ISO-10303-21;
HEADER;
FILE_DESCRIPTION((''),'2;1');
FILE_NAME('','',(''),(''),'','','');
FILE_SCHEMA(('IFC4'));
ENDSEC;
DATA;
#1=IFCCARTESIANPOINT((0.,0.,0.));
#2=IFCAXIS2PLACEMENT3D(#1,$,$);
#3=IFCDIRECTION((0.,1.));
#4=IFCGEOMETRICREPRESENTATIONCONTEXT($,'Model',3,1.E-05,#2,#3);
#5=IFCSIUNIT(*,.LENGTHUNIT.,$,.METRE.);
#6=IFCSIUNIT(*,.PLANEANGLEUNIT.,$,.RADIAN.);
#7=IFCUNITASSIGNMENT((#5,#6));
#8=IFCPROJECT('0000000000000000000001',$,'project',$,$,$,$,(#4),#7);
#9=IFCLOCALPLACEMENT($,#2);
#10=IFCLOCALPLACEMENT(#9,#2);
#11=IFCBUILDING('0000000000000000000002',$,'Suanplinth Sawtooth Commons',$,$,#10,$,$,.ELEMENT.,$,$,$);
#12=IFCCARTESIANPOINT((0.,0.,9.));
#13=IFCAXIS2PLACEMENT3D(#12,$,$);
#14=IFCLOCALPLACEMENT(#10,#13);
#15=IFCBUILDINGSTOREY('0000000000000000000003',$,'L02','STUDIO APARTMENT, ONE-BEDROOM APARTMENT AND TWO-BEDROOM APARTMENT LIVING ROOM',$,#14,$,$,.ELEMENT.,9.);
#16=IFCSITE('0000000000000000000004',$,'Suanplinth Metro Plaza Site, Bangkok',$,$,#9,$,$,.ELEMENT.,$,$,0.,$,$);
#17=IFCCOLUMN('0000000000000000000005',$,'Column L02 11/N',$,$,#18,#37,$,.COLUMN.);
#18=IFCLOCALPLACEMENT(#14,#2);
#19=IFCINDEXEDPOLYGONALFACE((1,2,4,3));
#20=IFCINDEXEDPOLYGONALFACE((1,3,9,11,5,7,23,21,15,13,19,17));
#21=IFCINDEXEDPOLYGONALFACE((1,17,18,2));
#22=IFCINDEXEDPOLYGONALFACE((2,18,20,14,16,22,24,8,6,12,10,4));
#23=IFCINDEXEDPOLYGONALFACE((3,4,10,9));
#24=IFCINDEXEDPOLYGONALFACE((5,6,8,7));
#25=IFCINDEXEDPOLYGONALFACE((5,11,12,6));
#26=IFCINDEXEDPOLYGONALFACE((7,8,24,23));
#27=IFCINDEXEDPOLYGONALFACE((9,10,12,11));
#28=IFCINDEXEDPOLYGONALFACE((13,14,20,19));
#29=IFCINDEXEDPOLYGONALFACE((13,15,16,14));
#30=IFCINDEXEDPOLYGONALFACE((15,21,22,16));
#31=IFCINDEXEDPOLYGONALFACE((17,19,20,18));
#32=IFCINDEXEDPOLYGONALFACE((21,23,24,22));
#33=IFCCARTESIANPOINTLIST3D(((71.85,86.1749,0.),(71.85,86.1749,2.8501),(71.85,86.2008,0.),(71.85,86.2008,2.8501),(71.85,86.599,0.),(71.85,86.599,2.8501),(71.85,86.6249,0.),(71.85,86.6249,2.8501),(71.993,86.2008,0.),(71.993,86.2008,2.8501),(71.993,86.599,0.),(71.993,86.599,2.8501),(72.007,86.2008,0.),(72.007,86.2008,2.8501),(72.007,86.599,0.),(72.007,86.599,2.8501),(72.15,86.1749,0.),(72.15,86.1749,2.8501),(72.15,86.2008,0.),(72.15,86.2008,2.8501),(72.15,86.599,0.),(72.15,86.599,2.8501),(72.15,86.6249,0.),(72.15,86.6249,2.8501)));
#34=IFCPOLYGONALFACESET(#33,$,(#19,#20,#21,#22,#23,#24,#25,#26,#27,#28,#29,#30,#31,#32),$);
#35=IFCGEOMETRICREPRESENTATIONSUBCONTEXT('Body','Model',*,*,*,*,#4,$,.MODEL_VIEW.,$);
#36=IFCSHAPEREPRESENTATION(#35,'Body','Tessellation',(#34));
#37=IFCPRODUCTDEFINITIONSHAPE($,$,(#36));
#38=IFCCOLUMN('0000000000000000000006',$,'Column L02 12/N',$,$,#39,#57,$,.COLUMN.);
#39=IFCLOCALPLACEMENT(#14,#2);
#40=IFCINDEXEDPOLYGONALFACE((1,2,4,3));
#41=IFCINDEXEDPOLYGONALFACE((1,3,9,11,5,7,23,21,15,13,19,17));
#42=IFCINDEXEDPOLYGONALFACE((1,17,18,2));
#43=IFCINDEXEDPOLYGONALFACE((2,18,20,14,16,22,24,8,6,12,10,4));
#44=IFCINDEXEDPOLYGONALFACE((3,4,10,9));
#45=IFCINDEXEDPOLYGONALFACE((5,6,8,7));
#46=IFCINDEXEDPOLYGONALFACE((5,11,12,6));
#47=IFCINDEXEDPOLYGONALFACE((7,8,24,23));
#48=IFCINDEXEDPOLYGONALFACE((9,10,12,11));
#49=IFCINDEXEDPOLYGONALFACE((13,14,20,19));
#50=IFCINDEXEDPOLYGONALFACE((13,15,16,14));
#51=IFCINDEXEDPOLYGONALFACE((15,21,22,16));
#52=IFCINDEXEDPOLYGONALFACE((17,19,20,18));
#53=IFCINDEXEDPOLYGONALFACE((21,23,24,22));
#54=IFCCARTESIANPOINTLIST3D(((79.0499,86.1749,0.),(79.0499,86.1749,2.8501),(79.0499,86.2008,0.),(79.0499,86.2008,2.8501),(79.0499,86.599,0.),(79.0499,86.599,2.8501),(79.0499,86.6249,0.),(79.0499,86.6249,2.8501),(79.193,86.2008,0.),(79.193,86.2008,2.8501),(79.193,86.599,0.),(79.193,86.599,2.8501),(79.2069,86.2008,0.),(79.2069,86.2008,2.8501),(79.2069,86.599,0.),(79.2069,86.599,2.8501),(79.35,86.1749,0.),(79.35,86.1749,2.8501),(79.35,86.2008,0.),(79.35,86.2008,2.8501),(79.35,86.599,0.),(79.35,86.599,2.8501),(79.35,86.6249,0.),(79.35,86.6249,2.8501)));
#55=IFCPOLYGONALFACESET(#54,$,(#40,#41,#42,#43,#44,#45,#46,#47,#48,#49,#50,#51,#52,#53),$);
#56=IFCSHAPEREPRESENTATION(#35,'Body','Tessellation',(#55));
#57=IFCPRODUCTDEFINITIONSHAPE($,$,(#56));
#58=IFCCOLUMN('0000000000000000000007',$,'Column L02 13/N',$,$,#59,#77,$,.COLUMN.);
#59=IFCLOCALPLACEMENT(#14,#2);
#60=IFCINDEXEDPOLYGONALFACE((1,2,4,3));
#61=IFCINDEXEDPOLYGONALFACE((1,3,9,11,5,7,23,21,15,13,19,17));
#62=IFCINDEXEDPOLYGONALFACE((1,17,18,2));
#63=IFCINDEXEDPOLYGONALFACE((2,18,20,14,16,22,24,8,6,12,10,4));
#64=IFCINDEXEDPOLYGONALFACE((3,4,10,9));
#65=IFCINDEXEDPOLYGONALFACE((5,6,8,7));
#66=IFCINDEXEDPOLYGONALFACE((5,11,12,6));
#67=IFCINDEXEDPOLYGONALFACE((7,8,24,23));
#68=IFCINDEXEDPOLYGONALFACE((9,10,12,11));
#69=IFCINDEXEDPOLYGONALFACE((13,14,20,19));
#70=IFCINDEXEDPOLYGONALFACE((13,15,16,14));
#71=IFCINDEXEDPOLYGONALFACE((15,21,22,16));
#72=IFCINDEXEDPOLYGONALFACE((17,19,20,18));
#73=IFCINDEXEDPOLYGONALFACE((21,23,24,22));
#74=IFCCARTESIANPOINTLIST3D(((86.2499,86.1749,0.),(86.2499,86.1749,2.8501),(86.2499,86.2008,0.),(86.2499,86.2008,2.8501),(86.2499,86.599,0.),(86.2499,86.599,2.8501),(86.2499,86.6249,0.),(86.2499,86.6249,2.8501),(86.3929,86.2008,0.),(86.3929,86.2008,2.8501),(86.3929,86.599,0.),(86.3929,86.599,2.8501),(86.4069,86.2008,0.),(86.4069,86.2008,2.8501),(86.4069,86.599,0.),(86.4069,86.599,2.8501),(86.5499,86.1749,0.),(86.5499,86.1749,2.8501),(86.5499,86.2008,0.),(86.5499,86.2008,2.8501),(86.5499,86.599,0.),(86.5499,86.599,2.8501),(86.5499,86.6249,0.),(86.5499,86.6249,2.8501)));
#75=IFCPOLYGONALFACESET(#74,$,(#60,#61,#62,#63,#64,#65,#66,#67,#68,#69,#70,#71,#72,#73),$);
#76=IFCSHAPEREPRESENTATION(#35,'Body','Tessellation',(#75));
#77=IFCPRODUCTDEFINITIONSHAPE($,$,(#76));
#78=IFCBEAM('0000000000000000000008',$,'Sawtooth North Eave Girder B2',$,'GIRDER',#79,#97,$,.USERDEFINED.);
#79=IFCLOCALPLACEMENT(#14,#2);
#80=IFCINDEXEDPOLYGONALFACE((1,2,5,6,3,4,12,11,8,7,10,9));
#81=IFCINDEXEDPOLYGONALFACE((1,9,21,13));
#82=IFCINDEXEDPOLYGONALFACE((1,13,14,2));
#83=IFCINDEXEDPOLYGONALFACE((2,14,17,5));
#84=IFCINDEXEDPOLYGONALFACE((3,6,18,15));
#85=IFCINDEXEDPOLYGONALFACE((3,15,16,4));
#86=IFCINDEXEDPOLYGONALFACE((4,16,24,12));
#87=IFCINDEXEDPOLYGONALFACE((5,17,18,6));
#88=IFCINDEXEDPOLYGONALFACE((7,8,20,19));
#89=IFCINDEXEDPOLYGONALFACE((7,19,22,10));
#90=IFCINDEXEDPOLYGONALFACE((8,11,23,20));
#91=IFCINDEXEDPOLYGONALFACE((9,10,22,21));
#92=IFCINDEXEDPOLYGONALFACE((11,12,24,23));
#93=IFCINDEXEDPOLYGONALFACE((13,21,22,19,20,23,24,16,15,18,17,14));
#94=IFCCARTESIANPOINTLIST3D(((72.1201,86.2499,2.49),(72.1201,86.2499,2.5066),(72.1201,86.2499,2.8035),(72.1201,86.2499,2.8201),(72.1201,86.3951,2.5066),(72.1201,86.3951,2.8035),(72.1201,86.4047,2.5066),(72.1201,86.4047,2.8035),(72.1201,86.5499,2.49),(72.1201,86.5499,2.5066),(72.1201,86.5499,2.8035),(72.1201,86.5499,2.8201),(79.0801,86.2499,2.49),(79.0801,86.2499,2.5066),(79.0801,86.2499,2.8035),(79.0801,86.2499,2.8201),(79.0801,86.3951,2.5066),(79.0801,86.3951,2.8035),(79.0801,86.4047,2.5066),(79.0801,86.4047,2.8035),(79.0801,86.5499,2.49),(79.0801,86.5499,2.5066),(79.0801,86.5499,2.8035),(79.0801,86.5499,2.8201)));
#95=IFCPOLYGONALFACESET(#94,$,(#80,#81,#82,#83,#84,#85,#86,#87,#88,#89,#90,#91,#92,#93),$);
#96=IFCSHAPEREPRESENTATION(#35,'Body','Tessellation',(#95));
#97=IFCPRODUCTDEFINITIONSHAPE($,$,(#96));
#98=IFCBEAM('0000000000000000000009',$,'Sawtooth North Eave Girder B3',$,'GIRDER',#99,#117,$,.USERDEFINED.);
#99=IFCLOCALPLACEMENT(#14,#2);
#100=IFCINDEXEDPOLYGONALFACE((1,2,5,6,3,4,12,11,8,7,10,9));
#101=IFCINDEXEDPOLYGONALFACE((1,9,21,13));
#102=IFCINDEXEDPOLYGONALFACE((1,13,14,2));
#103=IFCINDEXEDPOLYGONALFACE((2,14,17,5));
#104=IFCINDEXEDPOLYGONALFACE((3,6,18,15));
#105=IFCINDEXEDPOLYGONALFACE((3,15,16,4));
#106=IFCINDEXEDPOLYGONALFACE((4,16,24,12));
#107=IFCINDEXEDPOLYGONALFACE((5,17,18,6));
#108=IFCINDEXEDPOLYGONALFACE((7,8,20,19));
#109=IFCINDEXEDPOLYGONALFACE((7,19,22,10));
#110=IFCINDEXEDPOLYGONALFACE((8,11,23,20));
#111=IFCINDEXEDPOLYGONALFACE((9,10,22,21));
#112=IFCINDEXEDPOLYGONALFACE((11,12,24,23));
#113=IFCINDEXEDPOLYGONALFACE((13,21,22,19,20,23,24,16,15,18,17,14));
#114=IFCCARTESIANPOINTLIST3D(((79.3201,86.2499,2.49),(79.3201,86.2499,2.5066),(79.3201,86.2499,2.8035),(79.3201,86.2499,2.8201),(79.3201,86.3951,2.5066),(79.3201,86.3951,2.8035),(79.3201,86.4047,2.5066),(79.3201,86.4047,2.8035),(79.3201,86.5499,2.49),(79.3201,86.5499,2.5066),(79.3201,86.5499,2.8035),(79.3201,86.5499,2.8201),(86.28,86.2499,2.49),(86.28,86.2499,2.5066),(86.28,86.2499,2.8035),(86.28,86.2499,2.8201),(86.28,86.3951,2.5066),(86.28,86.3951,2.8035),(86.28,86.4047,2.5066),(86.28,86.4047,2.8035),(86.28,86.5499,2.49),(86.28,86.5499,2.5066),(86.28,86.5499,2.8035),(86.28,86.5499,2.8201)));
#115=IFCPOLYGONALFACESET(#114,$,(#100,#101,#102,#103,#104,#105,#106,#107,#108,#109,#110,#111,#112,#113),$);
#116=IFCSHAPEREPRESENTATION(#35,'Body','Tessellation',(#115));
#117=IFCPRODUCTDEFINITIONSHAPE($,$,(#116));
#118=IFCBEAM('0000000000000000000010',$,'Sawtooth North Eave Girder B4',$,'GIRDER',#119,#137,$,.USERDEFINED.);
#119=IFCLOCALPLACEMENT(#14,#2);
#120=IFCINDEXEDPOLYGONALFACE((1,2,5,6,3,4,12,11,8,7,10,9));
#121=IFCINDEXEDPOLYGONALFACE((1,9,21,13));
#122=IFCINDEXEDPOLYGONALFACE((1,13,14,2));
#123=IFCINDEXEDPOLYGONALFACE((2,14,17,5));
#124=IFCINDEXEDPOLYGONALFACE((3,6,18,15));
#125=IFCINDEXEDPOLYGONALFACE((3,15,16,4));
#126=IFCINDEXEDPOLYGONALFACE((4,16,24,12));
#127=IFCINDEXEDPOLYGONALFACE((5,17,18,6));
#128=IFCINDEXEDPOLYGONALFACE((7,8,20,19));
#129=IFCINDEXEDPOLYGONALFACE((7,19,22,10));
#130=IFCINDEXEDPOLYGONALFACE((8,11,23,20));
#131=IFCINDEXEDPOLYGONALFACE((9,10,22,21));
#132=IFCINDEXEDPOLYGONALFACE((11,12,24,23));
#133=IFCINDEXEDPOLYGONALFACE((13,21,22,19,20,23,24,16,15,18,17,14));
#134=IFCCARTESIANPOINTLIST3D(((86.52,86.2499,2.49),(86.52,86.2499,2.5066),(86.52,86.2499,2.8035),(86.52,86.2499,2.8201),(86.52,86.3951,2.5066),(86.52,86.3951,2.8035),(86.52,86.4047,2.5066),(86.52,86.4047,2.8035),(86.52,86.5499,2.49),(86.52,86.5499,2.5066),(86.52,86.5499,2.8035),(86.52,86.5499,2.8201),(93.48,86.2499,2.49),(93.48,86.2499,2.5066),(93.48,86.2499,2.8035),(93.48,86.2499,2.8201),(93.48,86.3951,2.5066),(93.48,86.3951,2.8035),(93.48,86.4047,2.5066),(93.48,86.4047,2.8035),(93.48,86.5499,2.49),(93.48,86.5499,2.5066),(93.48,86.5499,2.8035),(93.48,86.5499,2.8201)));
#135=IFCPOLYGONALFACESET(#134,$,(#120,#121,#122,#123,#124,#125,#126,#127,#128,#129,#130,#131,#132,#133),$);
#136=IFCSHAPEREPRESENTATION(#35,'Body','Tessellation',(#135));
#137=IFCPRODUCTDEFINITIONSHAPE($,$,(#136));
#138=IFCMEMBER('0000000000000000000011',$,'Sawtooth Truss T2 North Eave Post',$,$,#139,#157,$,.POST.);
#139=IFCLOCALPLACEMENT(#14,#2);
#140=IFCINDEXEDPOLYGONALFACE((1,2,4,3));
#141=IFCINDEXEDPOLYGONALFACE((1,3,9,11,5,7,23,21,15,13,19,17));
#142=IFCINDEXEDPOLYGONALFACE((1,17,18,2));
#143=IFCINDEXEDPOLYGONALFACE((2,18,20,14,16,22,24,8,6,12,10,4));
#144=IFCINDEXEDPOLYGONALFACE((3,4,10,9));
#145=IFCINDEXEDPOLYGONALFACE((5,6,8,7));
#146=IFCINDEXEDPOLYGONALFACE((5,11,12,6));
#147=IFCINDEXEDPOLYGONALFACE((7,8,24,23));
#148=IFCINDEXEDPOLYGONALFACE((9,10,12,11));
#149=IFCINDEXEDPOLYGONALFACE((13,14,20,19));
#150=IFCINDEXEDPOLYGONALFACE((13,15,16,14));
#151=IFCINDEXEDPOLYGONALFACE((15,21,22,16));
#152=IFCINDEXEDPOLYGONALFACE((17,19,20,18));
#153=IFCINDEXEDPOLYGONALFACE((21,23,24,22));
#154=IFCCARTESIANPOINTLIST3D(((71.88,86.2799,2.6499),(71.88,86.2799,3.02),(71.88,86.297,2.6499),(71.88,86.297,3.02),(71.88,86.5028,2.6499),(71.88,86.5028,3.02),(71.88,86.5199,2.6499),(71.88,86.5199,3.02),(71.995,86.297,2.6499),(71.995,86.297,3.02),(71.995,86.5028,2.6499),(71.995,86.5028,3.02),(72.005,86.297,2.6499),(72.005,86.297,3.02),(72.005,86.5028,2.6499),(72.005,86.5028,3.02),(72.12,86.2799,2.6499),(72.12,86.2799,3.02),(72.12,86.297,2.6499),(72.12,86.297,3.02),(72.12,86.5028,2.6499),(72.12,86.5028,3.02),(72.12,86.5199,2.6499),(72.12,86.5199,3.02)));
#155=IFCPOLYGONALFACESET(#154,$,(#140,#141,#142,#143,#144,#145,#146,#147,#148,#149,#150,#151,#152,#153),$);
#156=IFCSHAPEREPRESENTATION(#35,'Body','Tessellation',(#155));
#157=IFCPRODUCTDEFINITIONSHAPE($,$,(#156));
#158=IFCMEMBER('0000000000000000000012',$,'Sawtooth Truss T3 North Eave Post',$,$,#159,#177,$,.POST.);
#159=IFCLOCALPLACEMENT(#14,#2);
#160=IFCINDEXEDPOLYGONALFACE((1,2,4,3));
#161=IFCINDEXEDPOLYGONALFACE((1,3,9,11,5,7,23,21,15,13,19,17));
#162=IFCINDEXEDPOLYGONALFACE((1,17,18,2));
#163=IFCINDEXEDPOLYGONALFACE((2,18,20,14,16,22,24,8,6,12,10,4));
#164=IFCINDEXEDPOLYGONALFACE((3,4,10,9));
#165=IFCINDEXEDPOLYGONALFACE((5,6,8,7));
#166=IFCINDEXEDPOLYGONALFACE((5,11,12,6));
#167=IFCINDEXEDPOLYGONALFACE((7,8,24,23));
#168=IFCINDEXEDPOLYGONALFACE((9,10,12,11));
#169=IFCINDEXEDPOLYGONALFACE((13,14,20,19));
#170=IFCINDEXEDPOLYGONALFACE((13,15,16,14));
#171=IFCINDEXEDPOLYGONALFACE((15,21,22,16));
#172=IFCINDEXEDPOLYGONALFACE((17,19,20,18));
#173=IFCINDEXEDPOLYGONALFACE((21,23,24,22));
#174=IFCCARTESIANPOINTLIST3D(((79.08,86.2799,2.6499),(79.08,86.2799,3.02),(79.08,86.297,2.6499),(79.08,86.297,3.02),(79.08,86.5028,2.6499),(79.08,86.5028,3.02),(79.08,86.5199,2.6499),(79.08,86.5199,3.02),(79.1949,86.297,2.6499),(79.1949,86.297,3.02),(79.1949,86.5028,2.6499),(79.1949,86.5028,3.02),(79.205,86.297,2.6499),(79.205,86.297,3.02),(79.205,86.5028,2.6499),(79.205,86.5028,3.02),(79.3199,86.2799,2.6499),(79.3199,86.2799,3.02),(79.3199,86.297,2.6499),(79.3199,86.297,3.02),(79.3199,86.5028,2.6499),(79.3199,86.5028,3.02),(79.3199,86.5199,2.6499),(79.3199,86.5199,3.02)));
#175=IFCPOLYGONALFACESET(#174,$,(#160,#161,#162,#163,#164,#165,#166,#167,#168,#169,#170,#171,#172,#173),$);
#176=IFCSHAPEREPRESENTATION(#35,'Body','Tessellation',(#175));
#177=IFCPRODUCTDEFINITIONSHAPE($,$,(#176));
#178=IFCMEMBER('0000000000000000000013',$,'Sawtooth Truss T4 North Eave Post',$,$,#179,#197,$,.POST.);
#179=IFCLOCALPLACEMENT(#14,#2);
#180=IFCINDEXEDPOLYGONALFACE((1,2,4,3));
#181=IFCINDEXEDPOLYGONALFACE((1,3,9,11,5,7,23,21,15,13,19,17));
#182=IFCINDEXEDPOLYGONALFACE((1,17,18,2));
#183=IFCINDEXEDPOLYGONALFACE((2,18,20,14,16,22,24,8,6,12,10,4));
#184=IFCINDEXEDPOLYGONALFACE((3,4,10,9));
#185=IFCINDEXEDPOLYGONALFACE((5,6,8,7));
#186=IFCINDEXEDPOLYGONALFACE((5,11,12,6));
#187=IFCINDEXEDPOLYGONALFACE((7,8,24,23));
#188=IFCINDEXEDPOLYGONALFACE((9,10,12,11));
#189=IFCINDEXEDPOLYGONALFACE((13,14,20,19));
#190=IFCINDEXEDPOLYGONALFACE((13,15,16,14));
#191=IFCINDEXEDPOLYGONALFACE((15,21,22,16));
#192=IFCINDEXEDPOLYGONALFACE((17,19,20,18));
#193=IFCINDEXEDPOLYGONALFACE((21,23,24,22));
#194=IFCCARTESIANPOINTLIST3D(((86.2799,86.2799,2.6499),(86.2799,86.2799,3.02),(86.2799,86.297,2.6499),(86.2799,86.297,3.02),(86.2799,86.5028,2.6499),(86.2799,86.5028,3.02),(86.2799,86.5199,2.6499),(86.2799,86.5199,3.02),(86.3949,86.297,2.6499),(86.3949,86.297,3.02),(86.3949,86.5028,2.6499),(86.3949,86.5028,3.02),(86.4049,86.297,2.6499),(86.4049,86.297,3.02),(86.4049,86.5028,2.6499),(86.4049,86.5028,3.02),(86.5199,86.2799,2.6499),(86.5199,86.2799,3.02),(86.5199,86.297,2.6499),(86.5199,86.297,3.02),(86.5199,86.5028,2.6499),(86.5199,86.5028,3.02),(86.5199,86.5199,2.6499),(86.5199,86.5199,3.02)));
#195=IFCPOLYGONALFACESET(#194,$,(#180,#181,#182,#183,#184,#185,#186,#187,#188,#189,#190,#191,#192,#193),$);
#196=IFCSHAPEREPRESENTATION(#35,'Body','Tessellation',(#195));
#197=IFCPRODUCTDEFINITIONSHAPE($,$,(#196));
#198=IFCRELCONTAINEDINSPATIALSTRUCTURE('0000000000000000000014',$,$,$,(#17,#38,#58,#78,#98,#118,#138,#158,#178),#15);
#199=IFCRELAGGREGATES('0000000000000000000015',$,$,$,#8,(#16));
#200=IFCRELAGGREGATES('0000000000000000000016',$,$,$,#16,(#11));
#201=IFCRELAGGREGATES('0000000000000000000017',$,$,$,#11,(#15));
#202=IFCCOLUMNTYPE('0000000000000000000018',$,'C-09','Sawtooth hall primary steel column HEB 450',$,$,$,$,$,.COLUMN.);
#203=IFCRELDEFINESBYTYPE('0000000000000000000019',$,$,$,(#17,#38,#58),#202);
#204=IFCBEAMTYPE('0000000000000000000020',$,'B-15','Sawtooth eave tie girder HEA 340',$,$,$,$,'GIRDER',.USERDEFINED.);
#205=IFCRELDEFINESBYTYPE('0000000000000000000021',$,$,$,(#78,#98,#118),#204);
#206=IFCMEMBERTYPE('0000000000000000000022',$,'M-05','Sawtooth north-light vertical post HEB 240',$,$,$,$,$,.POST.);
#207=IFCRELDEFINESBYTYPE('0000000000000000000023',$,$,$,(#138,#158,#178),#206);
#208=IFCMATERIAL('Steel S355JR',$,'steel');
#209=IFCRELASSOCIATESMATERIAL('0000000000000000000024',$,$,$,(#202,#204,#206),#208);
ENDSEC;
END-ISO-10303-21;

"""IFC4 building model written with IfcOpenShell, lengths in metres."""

from ifc_helpers import new_model, si_unit, direction, frame, origin, origin_2d, place, context, subcontext, project, spatial, i_section, extrude, material, material_profile, profile_set, type_object, element, save


model = new_model("IFC4")

# Units and contexts
model_context = context("Model", 3, precision=1e-05, world=origin(), true_north=direction((0.0, 1.0)))
body_context = subcontext(model_context, "Body", "Model", "MODEL_VIEW")
ifc_project = project(units=[si_unit("LENGTHUNIT", "METRE"), si_unit("PLANEANGLEUNIT", "RADIAN")], contexts=[model_context])

# Site, building, storey
site_placement = place(None, origin())
site = spatial("IfcSite", under=ifc_project, at=site_placement, Name="Suanplinth Metro Plaza Site, Bangkok", CompositionType="ELEMENT", RefElevation=0.0)
building_placement = place(site_placement, origin())
building = spatial("IfcBuilding", under=site, at=building_placement, Name="Suanplinth Sawtooth Commons", CompositionType="ELEMENT")
storey_placement = place(building_placement, frame((0.0, 0.0, 9.0)))
storey = spatial("IfcBuildingStorey", under=building, at=storey_placement, Name="L02", Description="STUDIO APARTMENT, ONE-BEDROOM APARTMENT AND TWO-BEDROOM APARTMENT LIVING ROOM", CompositionType="ELEMENT", Elevation=9.0)

# Columns
ifc_material_1 = material(Name="Steel S355JR", Category="steel")
ifc_material_profile_1 = material_profile(ifc_material_1, i_section(OverallWidth=0.3, OverallDepth=0.45, WebThickness=0.0139, FlangeThickness=0.0259, at=origin_2d()), Name="HEB 450")
ifc_profile_set_1 = profile_set([ifc_material_profile_1], Name="Steel S355JR")
column_type = type_object("IfcColumnType", Name="C-09", Description="Sawtooth hall primary steel column HEB 450", PredefinedType="COLUMN", material=ifc_profile_set_1)
for number, where, z_axis, x_axis, name in (
    (1, (72.0, 86.3999, 0.0), (0.0, 0.0, 1.0), (1.0, 0.0, 0.0), "Column L02 11/N"),
    (2, (79.2, 86.3999, 0.0), (0.0, 0.0, 1.0), (1.0, 0.0, 0.0), "Column L02 12/N"),
    (3, (86.3999, 86.3999, 0.0), (0.0, 0.0, 1.0), (1.0, 0.0, 0.0), "Column L02 13/N"),
):
    element("IfcColumn", number, at=place(storey_placement, frame(where, z_axis=z_axis, x_axis=x_axis)), inside=storey, type_object=column_type, Name=name, PredefinedType="COLUMN", context=body_context, shape_type="SweptSolid", body=[
        extrude(i_section(OverallWidth=0.3, OverallDepth=0.45, WebThickness=0.0139, FlangeThickness=0.0259, at=origin_2d()), origin(), (0.0, 0.0, 1.0), 2.8501),
    ])

# Beams
ifc_material_profile_2 = material_profile(ifc_material_1, i_section(OverallWidth=0.3, OverallDepth=0.3301, WebThickness=0.0095, FlangeThickness=0.0166, at=origin_2d()), Name="HEA 340")
ifc_profile_set_2 = profile_set([ifc_material_profile_2], Name="Steel S355JR")
beam_type = type_object("IfcBeamType", Name="B-15", Description="Sawtooth eave tie girder HEA 340", ElementType="GIRDER", PredefinedType="USERDEFINED", material=ifc_profile_set_2)
for number, where, z_axis, x_axis, name in (
    (4, (72.1201, 86.3999, 2.655), (1.0, 0.0, 0.0), (0.0, 1.0, 0.0), "Sawtooth North Eave Girder B2"),
    (5, (79.3201, 86.3999, 2.655), (1.0, 0.0, 0.0), (0.0, 1.0, 0.0), "Sawtooth North Eave Girder B3"),
    (6, (86.52, 86.3999, 2.655), (1.0, 0.0, 0.0), (0.0, 1.0, 0.0), "Sawtooth North Eave Girder B4"),
):
    element("IfcBeam", number, at=place(storey_placement, frame(where, z_axis=z_axis, x_axis=x_axis)), inside=storey, type_object=beam_type, Name=name, ObjectType="GIRDER", PredefinedType="USERDEFINED", context=body_context, shape_type="SweptSolid", body=[
        extrude(i_section(OverallWidth=0.3, OverallDepth=0.3301, WebThickness=0.0095, FlangeThickness=0.0166, at=origin_2d()), origin(), (0.0, 0.0, 1.0), 6.96),
    ])

# Members
ifc_material_profile_3 = material_profile(ifc_material_1, i_section(OverallWidth=0.24, OverallDepth=0.24, WebThickness=0.01, FlangeThickness=0.0171, at=origin_2d()), Name="HEB 240")
ifc_profile_set_3 = profile_set([ifc_material_profile_3], Name="Steel S355JR")
member_type_1 = type_object("IfcMemberType", Name="M-05", Description="Sawtooth north-light vertical post HEB 240", PredefinedType="POST", material=ifc_profile_set_3)
for number, where, z_axis, x_axis, name in (
    (7, (72.0, 86.3999, 2.6499), (0.0, 0.0, 1.0), (1.0, 0.0, 0.0), "Sawtooth Truss T2 North Eave Post"),
    (8, (79.2, 86.3999, 2.6499), (0.0, 0.0, 1.0), (1.0, 0.0, 0.0), "Sawtooth Truss T3 North Eave Post"),
    (9, (86.3999, 86.3999, 2.6499), (0.0, 0.0, 1.0), (1.0, 0.0, 0.0), "Sawtooth Truss T4 North Eave Post"),
):
    element("IfcMember", number, at=place(storey_placement, frame(where, z_axis=z_axis, x_axis=x_axis)), inside=storey, type_object=member_type_1, Name=name, PredefinedType="POST", context=body_context, shape_type="SweptSolid", body=[
        extrude(i_section(OverallWidth=0.24, OverallDepth=0.24, WebThickness=0.01, FlangeThickness=0.0171, at=origin_2d()), origin(), (0.0, 0.0, 1.0), 0.3701),
    ])

save(model, "model.ifc")
